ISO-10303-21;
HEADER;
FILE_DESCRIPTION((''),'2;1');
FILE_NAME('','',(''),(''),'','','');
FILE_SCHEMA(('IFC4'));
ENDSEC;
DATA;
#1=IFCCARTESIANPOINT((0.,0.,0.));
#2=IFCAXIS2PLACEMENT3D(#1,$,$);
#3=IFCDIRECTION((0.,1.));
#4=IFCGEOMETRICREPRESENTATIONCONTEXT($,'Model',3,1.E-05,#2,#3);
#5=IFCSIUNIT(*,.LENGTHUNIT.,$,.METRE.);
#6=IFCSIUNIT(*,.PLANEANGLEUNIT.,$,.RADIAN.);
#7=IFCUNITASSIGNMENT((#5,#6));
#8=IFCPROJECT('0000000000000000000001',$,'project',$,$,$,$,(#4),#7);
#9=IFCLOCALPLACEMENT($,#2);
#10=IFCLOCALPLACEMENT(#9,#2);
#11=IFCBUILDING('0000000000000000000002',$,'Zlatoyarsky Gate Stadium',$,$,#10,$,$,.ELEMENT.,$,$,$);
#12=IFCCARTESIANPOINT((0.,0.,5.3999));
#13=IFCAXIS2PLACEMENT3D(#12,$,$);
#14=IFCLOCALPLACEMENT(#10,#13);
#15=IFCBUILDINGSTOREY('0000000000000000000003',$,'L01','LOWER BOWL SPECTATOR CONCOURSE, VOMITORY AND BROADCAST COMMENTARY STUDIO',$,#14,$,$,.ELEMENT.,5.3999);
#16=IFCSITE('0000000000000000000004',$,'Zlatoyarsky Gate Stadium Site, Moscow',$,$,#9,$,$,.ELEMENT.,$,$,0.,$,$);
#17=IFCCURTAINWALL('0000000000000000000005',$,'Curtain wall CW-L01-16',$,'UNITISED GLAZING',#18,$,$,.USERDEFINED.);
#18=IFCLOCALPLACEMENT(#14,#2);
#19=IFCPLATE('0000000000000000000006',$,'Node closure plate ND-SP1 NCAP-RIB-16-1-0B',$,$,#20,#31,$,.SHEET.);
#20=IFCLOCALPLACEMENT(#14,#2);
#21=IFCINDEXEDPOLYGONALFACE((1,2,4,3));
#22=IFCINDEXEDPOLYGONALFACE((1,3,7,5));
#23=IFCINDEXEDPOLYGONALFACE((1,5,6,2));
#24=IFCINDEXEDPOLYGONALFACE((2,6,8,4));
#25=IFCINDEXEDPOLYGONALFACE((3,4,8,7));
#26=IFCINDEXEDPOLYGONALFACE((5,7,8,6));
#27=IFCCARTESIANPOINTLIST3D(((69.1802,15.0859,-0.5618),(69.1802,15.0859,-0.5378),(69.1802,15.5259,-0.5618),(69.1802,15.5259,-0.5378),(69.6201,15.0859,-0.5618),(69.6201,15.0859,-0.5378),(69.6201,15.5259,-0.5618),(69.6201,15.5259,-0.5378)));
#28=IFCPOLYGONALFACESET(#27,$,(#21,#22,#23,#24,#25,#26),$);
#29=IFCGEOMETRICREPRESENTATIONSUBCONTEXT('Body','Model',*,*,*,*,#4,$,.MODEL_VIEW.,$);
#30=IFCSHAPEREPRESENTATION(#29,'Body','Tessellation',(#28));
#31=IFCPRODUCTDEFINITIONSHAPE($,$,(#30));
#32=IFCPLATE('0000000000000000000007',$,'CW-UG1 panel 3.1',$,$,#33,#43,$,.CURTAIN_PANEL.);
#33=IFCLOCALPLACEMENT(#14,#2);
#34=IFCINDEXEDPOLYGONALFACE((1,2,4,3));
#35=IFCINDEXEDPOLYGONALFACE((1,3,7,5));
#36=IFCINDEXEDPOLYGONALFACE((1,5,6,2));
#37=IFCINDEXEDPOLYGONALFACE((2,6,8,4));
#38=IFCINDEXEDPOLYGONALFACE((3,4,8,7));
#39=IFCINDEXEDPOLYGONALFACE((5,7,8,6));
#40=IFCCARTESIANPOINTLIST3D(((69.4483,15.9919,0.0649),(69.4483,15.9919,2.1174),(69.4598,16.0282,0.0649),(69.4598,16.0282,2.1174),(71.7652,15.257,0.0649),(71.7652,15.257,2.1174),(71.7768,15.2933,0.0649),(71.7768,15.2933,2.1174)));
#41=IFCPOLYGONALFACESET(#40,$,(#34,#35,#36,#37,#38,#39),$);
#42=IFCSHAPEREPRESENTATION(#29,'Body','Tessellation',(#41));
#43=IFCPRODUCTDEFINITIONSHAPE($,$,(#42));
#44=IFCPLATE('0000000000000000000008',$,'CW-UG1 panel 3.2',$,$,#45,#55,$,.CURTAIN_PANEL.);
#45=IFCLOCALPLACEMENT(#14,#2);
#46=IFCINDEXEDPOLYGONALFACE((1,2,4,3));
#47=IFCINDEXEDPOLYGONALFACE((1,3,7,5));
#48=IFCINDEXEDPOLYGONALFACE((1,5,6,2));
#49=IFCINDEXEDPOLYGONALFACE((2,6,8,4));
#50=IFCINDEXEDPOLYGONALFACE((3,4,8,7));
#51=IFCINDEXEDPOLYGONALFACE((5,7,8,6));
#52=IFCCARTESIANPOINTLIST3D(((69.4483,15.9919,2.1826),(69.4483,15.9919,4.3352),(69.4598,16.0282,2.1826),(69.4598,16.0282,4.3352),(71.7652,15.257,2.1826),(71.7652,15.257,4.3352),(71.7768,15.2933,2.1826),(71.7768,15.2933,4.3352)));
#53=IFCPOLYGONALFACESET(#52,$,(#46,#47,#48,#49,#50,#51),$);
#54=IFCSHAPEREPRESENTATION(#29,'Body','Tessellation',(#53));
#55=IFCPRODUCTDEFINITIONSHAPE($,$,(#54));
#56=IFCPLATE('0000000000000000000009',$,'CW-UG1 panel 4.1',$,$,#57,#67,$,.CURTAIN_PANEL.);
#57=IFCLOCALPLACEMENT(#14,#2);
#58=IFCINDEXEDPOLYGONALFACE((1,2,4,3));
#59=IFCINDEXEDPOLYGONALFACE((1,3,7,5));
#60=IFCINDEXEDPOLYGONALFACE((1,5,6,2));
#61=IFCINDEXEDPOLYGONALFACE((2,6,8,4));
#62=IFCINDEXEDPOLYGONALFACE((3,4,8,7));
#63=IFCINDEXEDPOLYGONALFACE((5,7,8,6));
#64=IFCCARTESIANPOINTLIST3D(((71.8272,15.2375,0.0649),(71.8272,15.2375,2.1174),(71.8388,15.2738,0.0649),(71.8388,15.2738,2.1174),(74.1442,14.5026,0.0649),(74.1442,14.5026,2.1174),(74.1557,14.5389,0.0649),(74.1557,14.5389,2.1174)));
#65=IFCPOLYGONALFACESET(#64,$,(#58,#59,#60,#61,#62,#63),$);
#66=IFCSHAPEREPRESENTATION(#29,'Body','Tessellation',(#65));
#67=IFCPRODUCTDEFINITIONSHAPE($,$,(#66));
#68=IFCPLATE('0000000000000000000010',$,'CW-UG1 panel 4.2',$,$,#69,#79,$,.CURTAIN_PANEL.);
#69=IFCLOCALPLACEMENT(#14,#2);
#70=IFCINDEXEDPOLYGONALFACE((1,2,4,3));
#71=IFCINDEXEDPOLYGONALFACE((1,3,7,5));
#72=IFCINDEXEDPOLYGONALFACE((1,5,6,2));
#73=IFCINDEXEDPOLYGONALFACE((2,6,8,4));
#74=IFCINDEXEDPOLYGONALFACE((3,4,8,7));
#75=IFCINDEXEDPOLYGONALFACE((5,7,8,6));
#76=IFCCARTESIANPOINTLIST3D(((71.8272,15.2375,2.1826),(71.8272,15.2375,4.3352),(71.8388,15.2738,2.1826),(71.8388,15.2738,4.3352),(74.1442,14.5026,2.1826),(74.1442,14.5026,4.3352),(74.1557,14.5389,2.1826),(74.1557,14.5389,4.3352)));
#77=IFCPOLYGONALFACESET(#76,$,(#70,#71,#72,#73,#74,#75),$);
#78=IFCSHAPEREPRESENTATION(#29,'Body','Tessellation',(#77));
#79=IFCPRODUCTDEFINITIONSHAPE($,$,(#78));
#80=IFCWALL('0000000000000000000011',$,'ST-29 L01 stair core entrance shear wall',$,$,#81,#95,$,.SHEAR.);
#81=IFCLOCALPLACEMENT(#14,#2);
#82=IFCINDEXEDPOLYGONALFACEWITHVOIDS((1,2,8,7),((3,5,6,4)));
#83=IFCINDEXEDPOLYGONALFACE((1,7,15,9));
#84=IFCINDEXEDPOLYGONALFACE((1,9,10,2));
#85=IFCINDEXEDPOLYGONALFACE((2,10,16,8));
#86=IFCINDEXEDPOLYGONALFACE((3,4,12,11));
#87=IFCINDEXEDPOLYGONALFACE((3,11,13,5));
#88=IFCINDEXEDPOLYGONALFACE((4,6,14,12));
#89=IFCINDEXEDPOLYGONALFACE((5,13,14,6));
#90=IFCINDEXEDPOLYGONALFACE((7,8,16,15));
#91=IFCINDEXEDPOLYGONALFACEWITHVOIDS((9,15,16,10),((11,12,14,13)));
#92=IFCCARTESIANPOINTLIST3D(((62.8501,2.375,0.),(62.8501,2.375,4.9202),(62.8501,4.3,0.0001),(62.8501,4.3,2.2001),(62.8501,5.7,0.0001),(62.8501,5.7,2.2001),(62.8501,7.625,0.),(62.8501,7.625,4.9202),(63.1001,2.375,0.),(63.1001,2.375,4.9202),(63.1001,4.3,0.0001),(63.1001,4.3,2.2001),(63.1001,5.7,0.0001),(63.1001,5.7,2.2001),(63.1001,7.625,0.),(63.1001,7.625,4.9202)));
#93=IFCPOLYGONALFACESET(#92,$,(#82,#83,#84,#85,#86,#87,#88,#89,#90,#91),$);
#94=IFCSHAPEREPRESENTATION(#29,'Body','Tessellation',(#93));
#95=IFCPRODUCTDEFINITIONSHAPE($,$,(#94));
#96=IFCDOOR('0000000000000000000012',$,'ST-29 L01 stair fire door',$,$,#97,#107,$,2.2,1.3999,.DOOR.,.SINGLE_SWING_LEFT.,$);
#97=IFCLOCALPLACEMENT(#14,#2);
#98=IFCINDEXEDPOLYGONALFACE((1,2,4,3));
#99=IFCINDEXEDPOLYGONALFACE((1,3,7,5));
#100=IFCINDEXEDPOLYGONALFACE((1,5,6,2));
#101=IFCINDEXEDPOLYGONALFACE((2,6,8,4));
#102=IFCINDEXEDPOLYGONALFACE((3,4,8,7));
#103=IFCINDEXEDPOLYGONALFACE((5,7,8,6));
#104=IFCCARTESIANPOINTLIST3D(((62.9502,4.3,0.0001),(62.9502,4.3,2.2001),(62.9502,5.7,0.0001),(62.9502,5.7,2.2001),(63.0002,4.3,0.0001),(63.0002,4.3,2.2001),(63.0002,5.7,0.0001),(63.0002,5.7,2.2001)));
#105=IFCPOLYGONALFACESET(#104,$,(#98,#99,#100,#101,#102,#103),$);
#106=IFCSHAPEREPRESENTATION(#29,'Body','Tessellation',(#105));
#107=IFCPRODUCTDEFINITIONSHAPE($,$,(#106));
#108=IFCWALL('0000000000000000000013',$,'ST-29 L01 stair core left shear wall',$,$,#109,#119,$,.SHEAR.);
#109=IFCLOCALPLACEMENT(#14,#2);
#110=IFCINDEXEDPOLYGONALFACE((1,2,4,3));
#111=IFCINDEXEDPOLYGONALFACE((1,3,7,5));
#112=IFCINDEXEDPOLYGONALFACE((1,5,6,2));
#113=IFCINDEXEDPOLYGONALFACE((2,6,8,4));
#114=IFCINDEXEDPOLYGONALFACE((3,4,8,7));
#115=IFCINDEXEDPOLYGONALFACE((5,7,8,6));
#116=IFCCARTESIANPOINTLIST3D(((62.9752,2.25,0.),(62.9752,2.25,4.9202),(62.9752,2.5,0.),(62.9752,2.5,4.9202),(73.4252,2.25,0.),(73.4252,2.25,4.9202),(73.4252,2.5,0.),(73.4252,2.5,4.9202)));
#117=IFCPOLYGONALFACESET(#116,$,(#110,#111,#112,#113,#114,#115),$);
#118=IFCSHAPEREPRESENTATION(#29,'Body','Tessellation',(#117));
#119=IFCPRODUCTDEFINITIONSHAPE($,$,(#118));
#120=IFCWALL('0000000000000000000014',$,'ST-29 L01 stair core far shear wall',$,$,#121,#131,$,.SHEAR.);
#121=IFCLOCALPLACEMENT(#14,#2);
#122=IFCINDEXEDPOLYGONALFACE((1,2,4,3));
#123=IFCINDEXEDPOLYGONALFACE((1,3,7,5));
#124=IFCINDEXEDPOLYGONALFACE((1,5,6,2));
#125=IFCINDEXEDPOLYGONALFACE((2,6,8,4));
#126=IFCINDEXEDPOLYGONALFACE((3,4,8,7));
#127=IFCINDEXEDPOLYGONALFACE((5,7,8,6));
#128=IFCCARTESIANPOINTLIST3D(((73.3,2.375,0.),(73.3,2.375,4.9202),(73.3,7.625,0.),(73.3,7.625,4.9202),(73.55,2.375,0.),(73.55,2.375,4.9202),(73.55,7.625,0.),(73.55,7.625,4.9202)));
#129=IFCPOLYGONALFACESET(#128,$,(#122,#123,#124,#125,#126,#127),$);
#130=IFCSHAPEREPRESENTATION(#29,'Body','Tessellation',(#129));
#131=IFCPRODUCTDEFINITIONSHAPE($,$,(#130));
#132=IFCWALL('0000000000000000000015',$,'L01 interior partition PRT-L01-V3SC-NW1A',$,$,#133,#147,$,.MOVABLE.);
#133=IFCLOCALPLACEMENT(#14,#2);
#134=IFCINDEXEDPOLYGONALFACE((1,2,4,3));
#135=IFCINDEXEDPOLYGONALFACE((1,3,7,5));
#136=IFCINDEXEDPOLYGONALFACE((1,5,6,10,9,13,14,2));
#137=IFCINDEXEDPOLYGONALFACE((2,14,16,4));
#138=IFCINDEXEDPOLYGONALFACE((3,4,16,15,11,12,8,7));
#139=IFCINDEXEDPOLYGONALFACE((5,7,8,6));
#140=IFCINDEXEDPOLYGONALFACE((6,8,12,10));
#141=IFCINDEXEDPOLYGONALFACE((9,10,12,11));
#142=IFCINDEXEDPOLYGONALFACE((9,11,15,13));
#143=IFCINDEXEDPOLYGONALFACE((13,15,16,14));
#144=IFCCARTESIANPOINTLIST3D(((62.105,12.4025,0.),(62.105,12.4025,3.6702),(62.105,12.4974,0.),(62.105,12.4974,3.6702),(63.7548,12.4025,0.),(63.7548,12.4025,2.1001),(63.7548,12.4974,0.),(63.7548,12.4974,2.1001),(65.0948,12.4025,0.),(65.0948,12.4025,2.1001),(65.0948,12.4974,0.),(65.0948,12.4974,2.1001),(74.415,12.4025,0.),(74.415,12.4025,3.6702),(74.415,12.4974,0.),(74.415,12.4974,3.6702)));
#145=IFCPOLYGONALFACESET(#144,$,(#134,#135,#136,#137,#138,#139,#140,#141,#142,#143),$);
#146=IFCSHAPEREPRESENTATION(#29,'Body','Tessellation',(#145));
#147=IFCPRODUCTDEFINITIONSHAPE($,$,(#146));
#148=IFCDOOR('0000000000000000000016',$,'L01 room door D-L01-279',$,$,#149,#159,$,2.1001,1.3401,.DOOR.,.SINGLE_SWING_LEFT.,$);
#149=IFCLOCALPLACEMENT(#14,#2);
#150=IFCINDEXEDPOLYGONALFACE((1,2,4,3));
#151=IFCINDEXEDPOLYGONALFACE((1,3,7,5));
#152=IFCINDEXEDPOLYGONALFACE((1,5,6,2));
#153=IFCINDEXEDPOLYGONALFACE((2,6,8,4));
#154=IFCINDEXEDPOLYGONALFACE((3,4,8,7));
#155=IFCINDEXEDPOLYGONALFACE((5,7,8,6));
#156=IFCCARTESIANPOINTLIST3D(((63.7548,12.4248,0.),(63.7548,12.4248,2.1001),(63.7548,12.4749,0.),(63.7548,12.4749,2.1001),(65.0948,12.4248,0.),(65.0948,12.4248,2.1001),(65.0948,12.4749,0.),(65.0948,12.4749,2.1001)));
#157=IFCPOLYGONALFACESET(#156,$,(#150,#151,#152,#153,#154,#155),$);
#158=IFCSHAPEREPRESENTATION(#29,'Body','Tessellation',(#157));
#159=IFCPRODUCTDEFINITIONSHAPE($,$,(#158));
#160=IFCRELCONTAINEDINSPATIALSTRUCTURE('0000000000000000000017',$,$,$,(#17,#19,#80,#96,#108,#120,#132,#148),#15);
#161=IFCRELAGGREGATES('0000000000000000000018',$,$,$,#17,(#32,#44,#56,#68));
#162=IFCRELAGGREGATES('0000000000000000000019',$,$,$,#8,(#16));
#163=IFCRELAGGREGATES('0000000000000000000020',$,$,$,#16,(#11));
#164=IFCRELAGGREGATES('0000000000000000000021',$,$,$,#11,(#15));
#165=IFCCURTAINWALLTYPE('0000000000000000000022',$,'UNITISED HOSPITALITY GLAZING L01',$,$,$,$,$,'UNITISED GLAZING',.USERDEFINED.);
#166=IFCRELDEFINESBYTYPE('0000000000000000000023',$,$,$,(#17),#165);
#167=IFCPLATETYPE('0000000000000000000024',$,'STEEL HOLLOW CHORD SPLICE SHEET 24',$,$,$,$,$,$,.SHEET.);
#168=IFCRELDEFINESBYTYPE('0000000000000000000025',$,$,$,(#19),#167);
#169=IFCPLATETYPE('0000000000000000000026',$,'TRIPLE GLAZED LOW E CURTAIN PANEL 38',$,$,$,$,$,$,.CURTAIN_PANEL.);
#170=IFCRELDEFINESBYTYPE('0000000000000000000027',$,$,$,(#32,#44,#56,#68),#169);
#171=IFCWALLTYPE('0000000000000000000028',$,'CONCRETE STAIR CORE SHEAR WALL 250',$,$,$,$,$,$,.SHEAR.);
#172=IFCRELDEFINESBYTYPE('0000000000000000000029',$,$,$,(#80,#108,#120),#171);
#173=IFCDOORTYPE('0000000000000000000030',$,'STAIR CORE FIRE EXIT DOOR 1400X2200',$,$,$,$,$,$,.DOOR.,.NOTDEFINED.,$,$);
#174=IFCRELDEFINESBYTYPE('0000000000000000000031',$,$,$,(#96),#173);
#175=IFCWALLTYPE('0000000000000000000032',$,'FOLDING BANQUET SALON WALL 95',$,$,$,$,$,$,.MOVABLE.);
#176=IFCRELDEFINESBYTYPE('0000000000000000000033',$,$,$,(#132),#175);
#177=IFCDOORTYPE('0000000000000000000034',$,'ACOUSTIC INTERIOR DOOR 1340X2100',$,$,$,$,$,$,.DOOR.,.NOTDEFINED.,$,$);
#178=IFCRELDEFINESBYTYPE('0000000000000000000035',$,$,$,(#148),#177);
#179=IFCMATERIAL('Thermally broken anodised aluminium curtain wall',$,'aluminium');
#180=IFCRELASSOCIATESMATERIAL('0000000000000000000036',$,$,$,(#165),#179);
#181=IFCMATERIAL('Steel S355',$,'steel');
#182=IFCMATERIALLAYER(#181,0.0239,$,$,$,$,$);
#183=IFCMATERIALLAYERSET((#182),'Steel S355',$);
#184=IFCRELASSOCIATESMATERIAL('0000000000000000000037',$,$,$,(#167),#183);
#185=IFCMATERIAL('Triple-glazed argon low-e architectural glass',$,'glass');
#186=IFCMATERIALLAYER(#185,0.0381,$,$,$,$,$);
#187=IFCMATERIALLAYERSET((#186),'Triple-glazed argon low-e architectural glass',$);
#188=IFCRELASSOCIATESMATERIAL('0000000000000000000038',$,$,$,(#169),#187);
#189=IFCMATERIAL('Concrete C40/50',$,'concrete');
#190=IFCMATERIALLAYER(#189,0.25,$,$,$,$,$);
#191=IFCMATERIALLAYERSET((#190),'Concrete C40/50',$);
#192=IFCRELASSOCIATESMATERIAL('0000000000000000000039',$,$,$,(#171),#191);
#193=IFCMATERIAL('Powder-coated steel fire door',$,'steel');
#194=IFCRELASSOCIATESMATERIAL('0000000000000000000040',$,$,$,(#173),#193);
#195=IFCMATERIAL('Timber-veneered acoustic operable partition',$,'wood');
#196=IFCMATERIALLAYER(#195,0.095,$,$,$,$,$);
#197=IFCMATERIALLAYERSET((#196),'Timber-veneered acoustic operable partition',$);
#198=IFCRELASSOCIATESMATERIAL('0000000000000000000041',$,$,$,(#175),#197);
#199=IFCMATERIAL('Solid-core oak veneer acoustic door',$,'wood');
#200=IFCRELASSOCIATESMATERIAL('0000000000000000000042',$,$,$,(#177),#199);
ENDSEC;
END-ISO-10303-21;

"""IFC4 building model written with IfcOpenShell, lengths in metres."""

from ifc_helpers import new_model, si_unit, direction, frame, frame_2d, origin, origin_2d, place, context, subcontext, project, spatial, rectangle, extrude, material, layer, layer_set, type_object, element, fill, aggregate, save


model = new_model("IFC4")

# Units and contexts
model_context = context("Model", 3, precision=1e-05, world=origin(), true_north=direction((0.0, 1.0)))
body_context = subcontext(model_context, "Body", "Model", "MODEL_VIEW")
ifc_project = project(units=[si_unit("LENGTHUNIT", "METRE"), si_unit("PLANEANGLEUNIT", "RADIAN")], contexts=[model_context])

# Site, building, storey
site_placement = place(None, origin())
site = spatial("IfcSite", under=ifc_project, at=site_placement, Name="Zlatoyarsky Gate Stadium Site, Moscow", CompositionType="ELEMENT", RefElevation=0.0)
building_placement = place(site_placement, origin())
building = spatial("IfcBuilding", under=site, at=building_placement, Name="Zlatoyarsky Gate Stadium", CompositionType="ELEMENT")
storey_placement = place(building_placement, frame((0.0, 0.0, 5.3999)))
storey = spatial("IfcBuildingStorey", under=building, at=storey_placement, Name="L01", Description="LOWER BOWL SPECTATOR CONCOURSE, VOMITORY AND BROADCAST COMMENTARY STUDIO", CompositionType="ELEMENT", Elevation=5.3999)

# Curtain wall
ifc_material_1 = material(Name="Thermally broken anodised aluminium curtain wall", Category="aluminium")
curtain_wall_type = type_object("IfcCurtainWallType", Name="UNITISED HOSPITALITY GLAZING L01", ElementType="UNITISED GLAZING", PredefinedType="USERDEFINED", material=ifc_material_1)
curtain_wall_placement = place(storey_placement, origin())
curtain_wall = element("IfcCurtainWall", 1, at=curtain_wall_placement, inside=storey, type_object=curtain_wall_type, Name="Curtain wall CW-L01-16", ObjectType="UNITISED GLAZING", PredefinedType="USERDEFINED")

# Shared definitions
ifc_material_2 = material(Name="Steel S355", Category="steel")

# Plates
ifc_layer_1 = layer(ifc_material_2, 0.0239)
ifc_layer_set_1 = layer_set([ifc_layer_1], Name="Steel S355")
plate_type_1 = type_object("IfcPlateType", Name="STEEL HOLLOW CHORD SPLICE SHEET 24", PredefinedType="SHEET", material=ifc_layer_set_1)
plate_1_placement = place(storey_placement, frame((69.4001, 15.3059, -0.5618), z_axis=(0.0, 0.0, 1.0), x_axis=(1.0, 0.0, 0.0)))
element("IfcPlate", 2, at=plate_1_placement, inside=storey, type_object=plate_type_1, Name="Node closure plate ND-SP1 NCAP-RIB-16-1-0B", PredefinedType="SHEET", context=body_context, shape_type="SweptSolid", body=[
    extrude(rectangle(XDim=0.4399, YDim=0.4399, at=origin_2d()), origin(), (0.0, 0.0, 1.0), 0.0239),
])
ifc_material_3 = material(Name="Triple-glazed argon low-e architectural glass", Category="glass")
ifc_layer_2 = layer(ifc_material_3, 0.0381)
ifc_layer_set_2 = layer_set([ifc_layer_2], Name="Triple-glazed argon low-e architectural glass")
plate_type_2 = type_object("IfcPlateType", Name="TRIPLE GLAZED LOW E CURTAIN PANEL 38", PredefinedType="CURTAIN_PANEL", material=ifc_layer_set_2)
plate_2_placement = place(storey_placement, frame((70.6125, 15.6426, 0.0649), z_axis=(0.0, 0.0, 1.0), x_axis=(0.953202, -0.302334, 0.0)))
plate_2 = element("IfcPlate", 3, at=plate_2_placement, type_object=plate_type_2, Name="CW-UG1 panel 3.1", PredefinedType="CURTAIN_PANEL", context=body_context, shape_type="SweptSolid", body=[
    extrude(rectangle(XDim=2.4307, YDim=0.0381, at=origin_2d()), origin(), (0.0, 0.0, 1.0), 2.0525),
])
plate_3_placement = place(storey_placement, frame((70.6125, 15.6426, 2.1826), z_axis=(0.0, 0.0, 1.0), x_axis=(0.953202, -0.302334, 0.0)))
plate_3 = element("IfcPlate", 4, at=plate_3_placement, type_object=plate_type_2, Name="CW-UG1 panel 3.2", PredefinedType="CURTAIN_PANEL", context=body_context, shape_type="SweptSolid", body=[
    extrude(rectangle(XDim=2.4307, YDim=0.0381, at=origin_2d()), origin(), (0.0, 0.0, 1.0), 2.1526),
])
plate_4_placement = place(storey_placement, frame((72.9915, 14.8882, 0.0649), z_axis=(0.0, 0.0, 1.0), x_axis=(0.953202, -0.302334, 0.0)))
plate_4 = element("IfcPlate", 5, at=plate_4_placement, type_object=plate_type_2, Name="CW-UG1 panel 4.1", PredefinedType="CURTAIN_PANEL", context=body_context, shape_type="SweptSolid", body=[
    extrude(rectangle(XDim=2.4307, YDim=0.0381, at=origin_2d()), origin(), (0.0, 0.0, 1.0), 2.0525),
])
plate_5_placement = place(storey_placement, frame((72.9915, 14.8882, 2.1826), z_axis=(0.0, 0.0, 1.0), x_axis=(0.953202, -0.302334, 0.0)))
plate_5 = element("IfcPlate", 6, at=plate_5_placement, type_object=plate_type_2, Name="CW-UG1 panel 4.2", PredefinedType="CURTAIN_PANEL", context=body_context, shape_type="SweptSolid", body=[
    extrude(rectangle(XDim=2.4307, YDim=0.0381, at=origin_2d()), origin(), (0.0, 0.0, 1.0), 2.1526),
])
aggregate(curtain_wall, [plate_2, plate_3, plate_4, plate_5])

# Wall, opening, door
ifc_material_4 = material(Name="Concrete C40/50", Category="concrete")
ifc_layer_3 = layer(ifc_material_4, 0.25)
ifc_layer_set_3 = layer_set([ifc_layer_3], Name="Concrete C40/50")
wall_type_1 = type_object("IfcWallType", Name="CONCRETE STAIR CORE SHEAR WALL 250", PredefinedType="SHEAR", material=ifc_layer_set_3)
wall_1_placement = place(storey_placement, frame((62.9751, 7.625, 0.0), z_axis=(0.0, 0.0, 1.0), x_axis=(0.0, -1.0, 0.0)))
wall_1 = element("IfcWall", 7, at=wall_1_placement, inside=storey, type_object=wall_type_1, Name="ST-29 L01 stair core entrance shear wall", PredefinedType="SHEAR", context=body_context, shape_type="SweptSolid", body=[
    extrude(rectangle(XDim=5.25, YDim=0.25, at=frame_2d((2.625, 0.0))), origin(), (0.0, 0.0, 1.0), 4.9202),
])
opening_1_placement = place(wall_1_placement, frame((1.925, 0.0, 0.0)))
opening_1 = element("IfcOpeningElement", 8, at=opening_1_placement, cuts=wall_1, PredefinedType="OPENING", context=body_context, shape_type="SweptSolid", body=[
    extrude(rectangle(XDim=1.3999, YDim=2.2, at=frame_2d((0.7, 1.1001))), frame((0.0, 0.135, 0.0), z_axis=(0.0, -1.0, 0.0), x_axis=(1.0, 0.0, 0.0)), (0.0, 0.0, 1.0), 0.27),
])
ifc_material_5 = material(Name="Powder-coated steel fire door", Category="steel")
door_type_1 = type_object("IfcDoorType", Name="STAIR CORE FIRE EXIT DOOR 1400X2200", OperationType="NOTDEFINED", PredefinedType="DOOR", material=ifc_material_5)
door_1_placement = place(opening_1_placement, frame((1.3999, 0.0, 0.0), z_axis=(0.0, 0.0, 1.0), x_axis=(-1.0, 0.0, 0.0)))
door_1 = element("IfcDoor", 9, at=door_1_placement, inside=storey, type_object=door_type_1, Name="ST-29 L01 stair fire door", OperationType="SINGLE_SWING_LEFT", OverallHeight=2.2, OverallWidth=1.3999, PredefinedType="DOOR", context=body_context, shape_type="SweptSolid", body=[
    extrude(rectangle(XDim=1.3999, YDim=2.2, at=frame_2d((0.7, 1.1001))), frame((0.0, 0.0249, 0.0), z_axis=(0.0, -1.0, 0.0), x_axis=(1.0, 0.0, 0.0)), (0.0, 0.0, 1.0), 0.05),
])
fill(opening_1, door_1)

# Walls
wall_2_placement = place(storey_placement, frame((62.9751, 2.375, 0.0), z_axis=(0.0, 0.0, 1.0), x_axis=(1.0, 0.0, 0.0)))
element("IfcWall", 10, at=wall_2_placement, inside=storey, type_object=wall_type_1, Name="ST-29 L01 stair core left shear wall", PredefinedType="SHEAR", context=body_context, shape_type="SweptSolid", body=[
    extrude(rectangle(XDim=10.45, YDim=0.25, at=frame_2d((5.2251, 0.0))), origin(), (0.0, 0.0, 1.0), 4.9202),
])
wall_3_placement = place(storey_placement, frame((73.425, 2.375, 0.0), z_axis=(0.0, 0.0, 1.0), x_axis=(0.0, 1.0, 0.0)))
element("IfcWall", 11, at=wall_3_placement, inside=storey, type_object=wall_type_1, Name="ST-29 L01 stair core far shear wall", PredefinedType="SHEAR", context=body_context, shape_type="SweptSolid", body=[
    extrude(rectangle(XDim=5.25, YDim=0.25, at=frame_2d((2.625, 0.0))), origin(), (0.0, 0.0, 1.0), 4.9202),
])

# Wall, opening, door
ifc_material_6 = material(Name="Timber-veneered acoustic operable partition", Category="wood")
ifc_layer_4 = layer(ifc_material_6, 0.095)
ifc_layer_set_4 = layer_set([ifc_layer_4], Name="Timber-veneered acoustic operable partition")
wall_type_2 = type_object("IfcWallType", Name="FOLDING BANQUET SALON WALL 95", PredefinedType="MOVABLE", material=ifc_layer_set_4)
wall_4_placement = place(storey_placement, frame((62.105, 12.45, 0.0), z_axis=(0.0, 0.0, 1.0), x_axis=(1.0, 0.0, 0.0)))
wall_4 = element("IfcWall", 12, at=wall_4_placement, inside=storey, type_object=wall_type_2, Name="L01 interior partition PRT-L01-V3SC-NW1A", PredefinedType="MOVABLE", context=body_context, shape_type="SweptSolid", body=[
    extrude(rectangle(XDim=12.3101, YDim=0.095, at=frame_2d((6.155, 0.0))), origin(), (0.0, 0.0, 1.0), 3.6702),
])
opening_2_placement = place(wall_4_placement, frame((1.6499, 0.0, 0.0)))
opening_2 = element("IfcOpeningElement", 13, at=opening_2_placement, cuts=wall_4, PredefinedType="OPENING", context=body_context, shape_type="SweptSolid", body=[
    extrude(rectangle(XDim=1.3401, YDim=2.1001, at=frame_2d((0.6699, 1.05))), frame((0.0, 0.0574, 0.0), z_axis=(0.0, -1.0, 0.0), x_axis=(1.0, 0.0, 0.0)), (0.0, 0.0, 1.0), 0.115),
])
ifc_material_7 = material(Name="Solid-core oak veneer acoustic door", Category="wood")
door_type_2 = type_object("IfcDoorType", Name="ACOUSTIC INTERIOR DOOR 1340X2100", OperationType="NOTDEFINED", PredefinedType="DOOR", material=ifc_material_7)
door_2_placement = place(opening_2_placement, origin())
door_2 = element("IfcDoor", 14, at=door_2_placement, inside=storey, type_object=door_type_2, Name="L01 room door D-L01-279", OperationType="SINGLE_SWING_LEFT", OverallHeight=2.1001, OverallWidth=1.3401, PredefinedType="DOOR", context=body_context, shape_type="SweptSolid", body=[
    extrude(rectangle(XDim=1.3401, YDim=2.1001, at=frame_2d((0.6699, 1.05))), frame((0.0, 0.0249, 0.0), z_axis=(0.0, -1.0, 0.0), x_axis=(1.0, 0.0, 0.0)), (0.0, 0.0, 1.0), 0.05),
])
fill(opening_2, door_2)

save(model, "model.ifc")
